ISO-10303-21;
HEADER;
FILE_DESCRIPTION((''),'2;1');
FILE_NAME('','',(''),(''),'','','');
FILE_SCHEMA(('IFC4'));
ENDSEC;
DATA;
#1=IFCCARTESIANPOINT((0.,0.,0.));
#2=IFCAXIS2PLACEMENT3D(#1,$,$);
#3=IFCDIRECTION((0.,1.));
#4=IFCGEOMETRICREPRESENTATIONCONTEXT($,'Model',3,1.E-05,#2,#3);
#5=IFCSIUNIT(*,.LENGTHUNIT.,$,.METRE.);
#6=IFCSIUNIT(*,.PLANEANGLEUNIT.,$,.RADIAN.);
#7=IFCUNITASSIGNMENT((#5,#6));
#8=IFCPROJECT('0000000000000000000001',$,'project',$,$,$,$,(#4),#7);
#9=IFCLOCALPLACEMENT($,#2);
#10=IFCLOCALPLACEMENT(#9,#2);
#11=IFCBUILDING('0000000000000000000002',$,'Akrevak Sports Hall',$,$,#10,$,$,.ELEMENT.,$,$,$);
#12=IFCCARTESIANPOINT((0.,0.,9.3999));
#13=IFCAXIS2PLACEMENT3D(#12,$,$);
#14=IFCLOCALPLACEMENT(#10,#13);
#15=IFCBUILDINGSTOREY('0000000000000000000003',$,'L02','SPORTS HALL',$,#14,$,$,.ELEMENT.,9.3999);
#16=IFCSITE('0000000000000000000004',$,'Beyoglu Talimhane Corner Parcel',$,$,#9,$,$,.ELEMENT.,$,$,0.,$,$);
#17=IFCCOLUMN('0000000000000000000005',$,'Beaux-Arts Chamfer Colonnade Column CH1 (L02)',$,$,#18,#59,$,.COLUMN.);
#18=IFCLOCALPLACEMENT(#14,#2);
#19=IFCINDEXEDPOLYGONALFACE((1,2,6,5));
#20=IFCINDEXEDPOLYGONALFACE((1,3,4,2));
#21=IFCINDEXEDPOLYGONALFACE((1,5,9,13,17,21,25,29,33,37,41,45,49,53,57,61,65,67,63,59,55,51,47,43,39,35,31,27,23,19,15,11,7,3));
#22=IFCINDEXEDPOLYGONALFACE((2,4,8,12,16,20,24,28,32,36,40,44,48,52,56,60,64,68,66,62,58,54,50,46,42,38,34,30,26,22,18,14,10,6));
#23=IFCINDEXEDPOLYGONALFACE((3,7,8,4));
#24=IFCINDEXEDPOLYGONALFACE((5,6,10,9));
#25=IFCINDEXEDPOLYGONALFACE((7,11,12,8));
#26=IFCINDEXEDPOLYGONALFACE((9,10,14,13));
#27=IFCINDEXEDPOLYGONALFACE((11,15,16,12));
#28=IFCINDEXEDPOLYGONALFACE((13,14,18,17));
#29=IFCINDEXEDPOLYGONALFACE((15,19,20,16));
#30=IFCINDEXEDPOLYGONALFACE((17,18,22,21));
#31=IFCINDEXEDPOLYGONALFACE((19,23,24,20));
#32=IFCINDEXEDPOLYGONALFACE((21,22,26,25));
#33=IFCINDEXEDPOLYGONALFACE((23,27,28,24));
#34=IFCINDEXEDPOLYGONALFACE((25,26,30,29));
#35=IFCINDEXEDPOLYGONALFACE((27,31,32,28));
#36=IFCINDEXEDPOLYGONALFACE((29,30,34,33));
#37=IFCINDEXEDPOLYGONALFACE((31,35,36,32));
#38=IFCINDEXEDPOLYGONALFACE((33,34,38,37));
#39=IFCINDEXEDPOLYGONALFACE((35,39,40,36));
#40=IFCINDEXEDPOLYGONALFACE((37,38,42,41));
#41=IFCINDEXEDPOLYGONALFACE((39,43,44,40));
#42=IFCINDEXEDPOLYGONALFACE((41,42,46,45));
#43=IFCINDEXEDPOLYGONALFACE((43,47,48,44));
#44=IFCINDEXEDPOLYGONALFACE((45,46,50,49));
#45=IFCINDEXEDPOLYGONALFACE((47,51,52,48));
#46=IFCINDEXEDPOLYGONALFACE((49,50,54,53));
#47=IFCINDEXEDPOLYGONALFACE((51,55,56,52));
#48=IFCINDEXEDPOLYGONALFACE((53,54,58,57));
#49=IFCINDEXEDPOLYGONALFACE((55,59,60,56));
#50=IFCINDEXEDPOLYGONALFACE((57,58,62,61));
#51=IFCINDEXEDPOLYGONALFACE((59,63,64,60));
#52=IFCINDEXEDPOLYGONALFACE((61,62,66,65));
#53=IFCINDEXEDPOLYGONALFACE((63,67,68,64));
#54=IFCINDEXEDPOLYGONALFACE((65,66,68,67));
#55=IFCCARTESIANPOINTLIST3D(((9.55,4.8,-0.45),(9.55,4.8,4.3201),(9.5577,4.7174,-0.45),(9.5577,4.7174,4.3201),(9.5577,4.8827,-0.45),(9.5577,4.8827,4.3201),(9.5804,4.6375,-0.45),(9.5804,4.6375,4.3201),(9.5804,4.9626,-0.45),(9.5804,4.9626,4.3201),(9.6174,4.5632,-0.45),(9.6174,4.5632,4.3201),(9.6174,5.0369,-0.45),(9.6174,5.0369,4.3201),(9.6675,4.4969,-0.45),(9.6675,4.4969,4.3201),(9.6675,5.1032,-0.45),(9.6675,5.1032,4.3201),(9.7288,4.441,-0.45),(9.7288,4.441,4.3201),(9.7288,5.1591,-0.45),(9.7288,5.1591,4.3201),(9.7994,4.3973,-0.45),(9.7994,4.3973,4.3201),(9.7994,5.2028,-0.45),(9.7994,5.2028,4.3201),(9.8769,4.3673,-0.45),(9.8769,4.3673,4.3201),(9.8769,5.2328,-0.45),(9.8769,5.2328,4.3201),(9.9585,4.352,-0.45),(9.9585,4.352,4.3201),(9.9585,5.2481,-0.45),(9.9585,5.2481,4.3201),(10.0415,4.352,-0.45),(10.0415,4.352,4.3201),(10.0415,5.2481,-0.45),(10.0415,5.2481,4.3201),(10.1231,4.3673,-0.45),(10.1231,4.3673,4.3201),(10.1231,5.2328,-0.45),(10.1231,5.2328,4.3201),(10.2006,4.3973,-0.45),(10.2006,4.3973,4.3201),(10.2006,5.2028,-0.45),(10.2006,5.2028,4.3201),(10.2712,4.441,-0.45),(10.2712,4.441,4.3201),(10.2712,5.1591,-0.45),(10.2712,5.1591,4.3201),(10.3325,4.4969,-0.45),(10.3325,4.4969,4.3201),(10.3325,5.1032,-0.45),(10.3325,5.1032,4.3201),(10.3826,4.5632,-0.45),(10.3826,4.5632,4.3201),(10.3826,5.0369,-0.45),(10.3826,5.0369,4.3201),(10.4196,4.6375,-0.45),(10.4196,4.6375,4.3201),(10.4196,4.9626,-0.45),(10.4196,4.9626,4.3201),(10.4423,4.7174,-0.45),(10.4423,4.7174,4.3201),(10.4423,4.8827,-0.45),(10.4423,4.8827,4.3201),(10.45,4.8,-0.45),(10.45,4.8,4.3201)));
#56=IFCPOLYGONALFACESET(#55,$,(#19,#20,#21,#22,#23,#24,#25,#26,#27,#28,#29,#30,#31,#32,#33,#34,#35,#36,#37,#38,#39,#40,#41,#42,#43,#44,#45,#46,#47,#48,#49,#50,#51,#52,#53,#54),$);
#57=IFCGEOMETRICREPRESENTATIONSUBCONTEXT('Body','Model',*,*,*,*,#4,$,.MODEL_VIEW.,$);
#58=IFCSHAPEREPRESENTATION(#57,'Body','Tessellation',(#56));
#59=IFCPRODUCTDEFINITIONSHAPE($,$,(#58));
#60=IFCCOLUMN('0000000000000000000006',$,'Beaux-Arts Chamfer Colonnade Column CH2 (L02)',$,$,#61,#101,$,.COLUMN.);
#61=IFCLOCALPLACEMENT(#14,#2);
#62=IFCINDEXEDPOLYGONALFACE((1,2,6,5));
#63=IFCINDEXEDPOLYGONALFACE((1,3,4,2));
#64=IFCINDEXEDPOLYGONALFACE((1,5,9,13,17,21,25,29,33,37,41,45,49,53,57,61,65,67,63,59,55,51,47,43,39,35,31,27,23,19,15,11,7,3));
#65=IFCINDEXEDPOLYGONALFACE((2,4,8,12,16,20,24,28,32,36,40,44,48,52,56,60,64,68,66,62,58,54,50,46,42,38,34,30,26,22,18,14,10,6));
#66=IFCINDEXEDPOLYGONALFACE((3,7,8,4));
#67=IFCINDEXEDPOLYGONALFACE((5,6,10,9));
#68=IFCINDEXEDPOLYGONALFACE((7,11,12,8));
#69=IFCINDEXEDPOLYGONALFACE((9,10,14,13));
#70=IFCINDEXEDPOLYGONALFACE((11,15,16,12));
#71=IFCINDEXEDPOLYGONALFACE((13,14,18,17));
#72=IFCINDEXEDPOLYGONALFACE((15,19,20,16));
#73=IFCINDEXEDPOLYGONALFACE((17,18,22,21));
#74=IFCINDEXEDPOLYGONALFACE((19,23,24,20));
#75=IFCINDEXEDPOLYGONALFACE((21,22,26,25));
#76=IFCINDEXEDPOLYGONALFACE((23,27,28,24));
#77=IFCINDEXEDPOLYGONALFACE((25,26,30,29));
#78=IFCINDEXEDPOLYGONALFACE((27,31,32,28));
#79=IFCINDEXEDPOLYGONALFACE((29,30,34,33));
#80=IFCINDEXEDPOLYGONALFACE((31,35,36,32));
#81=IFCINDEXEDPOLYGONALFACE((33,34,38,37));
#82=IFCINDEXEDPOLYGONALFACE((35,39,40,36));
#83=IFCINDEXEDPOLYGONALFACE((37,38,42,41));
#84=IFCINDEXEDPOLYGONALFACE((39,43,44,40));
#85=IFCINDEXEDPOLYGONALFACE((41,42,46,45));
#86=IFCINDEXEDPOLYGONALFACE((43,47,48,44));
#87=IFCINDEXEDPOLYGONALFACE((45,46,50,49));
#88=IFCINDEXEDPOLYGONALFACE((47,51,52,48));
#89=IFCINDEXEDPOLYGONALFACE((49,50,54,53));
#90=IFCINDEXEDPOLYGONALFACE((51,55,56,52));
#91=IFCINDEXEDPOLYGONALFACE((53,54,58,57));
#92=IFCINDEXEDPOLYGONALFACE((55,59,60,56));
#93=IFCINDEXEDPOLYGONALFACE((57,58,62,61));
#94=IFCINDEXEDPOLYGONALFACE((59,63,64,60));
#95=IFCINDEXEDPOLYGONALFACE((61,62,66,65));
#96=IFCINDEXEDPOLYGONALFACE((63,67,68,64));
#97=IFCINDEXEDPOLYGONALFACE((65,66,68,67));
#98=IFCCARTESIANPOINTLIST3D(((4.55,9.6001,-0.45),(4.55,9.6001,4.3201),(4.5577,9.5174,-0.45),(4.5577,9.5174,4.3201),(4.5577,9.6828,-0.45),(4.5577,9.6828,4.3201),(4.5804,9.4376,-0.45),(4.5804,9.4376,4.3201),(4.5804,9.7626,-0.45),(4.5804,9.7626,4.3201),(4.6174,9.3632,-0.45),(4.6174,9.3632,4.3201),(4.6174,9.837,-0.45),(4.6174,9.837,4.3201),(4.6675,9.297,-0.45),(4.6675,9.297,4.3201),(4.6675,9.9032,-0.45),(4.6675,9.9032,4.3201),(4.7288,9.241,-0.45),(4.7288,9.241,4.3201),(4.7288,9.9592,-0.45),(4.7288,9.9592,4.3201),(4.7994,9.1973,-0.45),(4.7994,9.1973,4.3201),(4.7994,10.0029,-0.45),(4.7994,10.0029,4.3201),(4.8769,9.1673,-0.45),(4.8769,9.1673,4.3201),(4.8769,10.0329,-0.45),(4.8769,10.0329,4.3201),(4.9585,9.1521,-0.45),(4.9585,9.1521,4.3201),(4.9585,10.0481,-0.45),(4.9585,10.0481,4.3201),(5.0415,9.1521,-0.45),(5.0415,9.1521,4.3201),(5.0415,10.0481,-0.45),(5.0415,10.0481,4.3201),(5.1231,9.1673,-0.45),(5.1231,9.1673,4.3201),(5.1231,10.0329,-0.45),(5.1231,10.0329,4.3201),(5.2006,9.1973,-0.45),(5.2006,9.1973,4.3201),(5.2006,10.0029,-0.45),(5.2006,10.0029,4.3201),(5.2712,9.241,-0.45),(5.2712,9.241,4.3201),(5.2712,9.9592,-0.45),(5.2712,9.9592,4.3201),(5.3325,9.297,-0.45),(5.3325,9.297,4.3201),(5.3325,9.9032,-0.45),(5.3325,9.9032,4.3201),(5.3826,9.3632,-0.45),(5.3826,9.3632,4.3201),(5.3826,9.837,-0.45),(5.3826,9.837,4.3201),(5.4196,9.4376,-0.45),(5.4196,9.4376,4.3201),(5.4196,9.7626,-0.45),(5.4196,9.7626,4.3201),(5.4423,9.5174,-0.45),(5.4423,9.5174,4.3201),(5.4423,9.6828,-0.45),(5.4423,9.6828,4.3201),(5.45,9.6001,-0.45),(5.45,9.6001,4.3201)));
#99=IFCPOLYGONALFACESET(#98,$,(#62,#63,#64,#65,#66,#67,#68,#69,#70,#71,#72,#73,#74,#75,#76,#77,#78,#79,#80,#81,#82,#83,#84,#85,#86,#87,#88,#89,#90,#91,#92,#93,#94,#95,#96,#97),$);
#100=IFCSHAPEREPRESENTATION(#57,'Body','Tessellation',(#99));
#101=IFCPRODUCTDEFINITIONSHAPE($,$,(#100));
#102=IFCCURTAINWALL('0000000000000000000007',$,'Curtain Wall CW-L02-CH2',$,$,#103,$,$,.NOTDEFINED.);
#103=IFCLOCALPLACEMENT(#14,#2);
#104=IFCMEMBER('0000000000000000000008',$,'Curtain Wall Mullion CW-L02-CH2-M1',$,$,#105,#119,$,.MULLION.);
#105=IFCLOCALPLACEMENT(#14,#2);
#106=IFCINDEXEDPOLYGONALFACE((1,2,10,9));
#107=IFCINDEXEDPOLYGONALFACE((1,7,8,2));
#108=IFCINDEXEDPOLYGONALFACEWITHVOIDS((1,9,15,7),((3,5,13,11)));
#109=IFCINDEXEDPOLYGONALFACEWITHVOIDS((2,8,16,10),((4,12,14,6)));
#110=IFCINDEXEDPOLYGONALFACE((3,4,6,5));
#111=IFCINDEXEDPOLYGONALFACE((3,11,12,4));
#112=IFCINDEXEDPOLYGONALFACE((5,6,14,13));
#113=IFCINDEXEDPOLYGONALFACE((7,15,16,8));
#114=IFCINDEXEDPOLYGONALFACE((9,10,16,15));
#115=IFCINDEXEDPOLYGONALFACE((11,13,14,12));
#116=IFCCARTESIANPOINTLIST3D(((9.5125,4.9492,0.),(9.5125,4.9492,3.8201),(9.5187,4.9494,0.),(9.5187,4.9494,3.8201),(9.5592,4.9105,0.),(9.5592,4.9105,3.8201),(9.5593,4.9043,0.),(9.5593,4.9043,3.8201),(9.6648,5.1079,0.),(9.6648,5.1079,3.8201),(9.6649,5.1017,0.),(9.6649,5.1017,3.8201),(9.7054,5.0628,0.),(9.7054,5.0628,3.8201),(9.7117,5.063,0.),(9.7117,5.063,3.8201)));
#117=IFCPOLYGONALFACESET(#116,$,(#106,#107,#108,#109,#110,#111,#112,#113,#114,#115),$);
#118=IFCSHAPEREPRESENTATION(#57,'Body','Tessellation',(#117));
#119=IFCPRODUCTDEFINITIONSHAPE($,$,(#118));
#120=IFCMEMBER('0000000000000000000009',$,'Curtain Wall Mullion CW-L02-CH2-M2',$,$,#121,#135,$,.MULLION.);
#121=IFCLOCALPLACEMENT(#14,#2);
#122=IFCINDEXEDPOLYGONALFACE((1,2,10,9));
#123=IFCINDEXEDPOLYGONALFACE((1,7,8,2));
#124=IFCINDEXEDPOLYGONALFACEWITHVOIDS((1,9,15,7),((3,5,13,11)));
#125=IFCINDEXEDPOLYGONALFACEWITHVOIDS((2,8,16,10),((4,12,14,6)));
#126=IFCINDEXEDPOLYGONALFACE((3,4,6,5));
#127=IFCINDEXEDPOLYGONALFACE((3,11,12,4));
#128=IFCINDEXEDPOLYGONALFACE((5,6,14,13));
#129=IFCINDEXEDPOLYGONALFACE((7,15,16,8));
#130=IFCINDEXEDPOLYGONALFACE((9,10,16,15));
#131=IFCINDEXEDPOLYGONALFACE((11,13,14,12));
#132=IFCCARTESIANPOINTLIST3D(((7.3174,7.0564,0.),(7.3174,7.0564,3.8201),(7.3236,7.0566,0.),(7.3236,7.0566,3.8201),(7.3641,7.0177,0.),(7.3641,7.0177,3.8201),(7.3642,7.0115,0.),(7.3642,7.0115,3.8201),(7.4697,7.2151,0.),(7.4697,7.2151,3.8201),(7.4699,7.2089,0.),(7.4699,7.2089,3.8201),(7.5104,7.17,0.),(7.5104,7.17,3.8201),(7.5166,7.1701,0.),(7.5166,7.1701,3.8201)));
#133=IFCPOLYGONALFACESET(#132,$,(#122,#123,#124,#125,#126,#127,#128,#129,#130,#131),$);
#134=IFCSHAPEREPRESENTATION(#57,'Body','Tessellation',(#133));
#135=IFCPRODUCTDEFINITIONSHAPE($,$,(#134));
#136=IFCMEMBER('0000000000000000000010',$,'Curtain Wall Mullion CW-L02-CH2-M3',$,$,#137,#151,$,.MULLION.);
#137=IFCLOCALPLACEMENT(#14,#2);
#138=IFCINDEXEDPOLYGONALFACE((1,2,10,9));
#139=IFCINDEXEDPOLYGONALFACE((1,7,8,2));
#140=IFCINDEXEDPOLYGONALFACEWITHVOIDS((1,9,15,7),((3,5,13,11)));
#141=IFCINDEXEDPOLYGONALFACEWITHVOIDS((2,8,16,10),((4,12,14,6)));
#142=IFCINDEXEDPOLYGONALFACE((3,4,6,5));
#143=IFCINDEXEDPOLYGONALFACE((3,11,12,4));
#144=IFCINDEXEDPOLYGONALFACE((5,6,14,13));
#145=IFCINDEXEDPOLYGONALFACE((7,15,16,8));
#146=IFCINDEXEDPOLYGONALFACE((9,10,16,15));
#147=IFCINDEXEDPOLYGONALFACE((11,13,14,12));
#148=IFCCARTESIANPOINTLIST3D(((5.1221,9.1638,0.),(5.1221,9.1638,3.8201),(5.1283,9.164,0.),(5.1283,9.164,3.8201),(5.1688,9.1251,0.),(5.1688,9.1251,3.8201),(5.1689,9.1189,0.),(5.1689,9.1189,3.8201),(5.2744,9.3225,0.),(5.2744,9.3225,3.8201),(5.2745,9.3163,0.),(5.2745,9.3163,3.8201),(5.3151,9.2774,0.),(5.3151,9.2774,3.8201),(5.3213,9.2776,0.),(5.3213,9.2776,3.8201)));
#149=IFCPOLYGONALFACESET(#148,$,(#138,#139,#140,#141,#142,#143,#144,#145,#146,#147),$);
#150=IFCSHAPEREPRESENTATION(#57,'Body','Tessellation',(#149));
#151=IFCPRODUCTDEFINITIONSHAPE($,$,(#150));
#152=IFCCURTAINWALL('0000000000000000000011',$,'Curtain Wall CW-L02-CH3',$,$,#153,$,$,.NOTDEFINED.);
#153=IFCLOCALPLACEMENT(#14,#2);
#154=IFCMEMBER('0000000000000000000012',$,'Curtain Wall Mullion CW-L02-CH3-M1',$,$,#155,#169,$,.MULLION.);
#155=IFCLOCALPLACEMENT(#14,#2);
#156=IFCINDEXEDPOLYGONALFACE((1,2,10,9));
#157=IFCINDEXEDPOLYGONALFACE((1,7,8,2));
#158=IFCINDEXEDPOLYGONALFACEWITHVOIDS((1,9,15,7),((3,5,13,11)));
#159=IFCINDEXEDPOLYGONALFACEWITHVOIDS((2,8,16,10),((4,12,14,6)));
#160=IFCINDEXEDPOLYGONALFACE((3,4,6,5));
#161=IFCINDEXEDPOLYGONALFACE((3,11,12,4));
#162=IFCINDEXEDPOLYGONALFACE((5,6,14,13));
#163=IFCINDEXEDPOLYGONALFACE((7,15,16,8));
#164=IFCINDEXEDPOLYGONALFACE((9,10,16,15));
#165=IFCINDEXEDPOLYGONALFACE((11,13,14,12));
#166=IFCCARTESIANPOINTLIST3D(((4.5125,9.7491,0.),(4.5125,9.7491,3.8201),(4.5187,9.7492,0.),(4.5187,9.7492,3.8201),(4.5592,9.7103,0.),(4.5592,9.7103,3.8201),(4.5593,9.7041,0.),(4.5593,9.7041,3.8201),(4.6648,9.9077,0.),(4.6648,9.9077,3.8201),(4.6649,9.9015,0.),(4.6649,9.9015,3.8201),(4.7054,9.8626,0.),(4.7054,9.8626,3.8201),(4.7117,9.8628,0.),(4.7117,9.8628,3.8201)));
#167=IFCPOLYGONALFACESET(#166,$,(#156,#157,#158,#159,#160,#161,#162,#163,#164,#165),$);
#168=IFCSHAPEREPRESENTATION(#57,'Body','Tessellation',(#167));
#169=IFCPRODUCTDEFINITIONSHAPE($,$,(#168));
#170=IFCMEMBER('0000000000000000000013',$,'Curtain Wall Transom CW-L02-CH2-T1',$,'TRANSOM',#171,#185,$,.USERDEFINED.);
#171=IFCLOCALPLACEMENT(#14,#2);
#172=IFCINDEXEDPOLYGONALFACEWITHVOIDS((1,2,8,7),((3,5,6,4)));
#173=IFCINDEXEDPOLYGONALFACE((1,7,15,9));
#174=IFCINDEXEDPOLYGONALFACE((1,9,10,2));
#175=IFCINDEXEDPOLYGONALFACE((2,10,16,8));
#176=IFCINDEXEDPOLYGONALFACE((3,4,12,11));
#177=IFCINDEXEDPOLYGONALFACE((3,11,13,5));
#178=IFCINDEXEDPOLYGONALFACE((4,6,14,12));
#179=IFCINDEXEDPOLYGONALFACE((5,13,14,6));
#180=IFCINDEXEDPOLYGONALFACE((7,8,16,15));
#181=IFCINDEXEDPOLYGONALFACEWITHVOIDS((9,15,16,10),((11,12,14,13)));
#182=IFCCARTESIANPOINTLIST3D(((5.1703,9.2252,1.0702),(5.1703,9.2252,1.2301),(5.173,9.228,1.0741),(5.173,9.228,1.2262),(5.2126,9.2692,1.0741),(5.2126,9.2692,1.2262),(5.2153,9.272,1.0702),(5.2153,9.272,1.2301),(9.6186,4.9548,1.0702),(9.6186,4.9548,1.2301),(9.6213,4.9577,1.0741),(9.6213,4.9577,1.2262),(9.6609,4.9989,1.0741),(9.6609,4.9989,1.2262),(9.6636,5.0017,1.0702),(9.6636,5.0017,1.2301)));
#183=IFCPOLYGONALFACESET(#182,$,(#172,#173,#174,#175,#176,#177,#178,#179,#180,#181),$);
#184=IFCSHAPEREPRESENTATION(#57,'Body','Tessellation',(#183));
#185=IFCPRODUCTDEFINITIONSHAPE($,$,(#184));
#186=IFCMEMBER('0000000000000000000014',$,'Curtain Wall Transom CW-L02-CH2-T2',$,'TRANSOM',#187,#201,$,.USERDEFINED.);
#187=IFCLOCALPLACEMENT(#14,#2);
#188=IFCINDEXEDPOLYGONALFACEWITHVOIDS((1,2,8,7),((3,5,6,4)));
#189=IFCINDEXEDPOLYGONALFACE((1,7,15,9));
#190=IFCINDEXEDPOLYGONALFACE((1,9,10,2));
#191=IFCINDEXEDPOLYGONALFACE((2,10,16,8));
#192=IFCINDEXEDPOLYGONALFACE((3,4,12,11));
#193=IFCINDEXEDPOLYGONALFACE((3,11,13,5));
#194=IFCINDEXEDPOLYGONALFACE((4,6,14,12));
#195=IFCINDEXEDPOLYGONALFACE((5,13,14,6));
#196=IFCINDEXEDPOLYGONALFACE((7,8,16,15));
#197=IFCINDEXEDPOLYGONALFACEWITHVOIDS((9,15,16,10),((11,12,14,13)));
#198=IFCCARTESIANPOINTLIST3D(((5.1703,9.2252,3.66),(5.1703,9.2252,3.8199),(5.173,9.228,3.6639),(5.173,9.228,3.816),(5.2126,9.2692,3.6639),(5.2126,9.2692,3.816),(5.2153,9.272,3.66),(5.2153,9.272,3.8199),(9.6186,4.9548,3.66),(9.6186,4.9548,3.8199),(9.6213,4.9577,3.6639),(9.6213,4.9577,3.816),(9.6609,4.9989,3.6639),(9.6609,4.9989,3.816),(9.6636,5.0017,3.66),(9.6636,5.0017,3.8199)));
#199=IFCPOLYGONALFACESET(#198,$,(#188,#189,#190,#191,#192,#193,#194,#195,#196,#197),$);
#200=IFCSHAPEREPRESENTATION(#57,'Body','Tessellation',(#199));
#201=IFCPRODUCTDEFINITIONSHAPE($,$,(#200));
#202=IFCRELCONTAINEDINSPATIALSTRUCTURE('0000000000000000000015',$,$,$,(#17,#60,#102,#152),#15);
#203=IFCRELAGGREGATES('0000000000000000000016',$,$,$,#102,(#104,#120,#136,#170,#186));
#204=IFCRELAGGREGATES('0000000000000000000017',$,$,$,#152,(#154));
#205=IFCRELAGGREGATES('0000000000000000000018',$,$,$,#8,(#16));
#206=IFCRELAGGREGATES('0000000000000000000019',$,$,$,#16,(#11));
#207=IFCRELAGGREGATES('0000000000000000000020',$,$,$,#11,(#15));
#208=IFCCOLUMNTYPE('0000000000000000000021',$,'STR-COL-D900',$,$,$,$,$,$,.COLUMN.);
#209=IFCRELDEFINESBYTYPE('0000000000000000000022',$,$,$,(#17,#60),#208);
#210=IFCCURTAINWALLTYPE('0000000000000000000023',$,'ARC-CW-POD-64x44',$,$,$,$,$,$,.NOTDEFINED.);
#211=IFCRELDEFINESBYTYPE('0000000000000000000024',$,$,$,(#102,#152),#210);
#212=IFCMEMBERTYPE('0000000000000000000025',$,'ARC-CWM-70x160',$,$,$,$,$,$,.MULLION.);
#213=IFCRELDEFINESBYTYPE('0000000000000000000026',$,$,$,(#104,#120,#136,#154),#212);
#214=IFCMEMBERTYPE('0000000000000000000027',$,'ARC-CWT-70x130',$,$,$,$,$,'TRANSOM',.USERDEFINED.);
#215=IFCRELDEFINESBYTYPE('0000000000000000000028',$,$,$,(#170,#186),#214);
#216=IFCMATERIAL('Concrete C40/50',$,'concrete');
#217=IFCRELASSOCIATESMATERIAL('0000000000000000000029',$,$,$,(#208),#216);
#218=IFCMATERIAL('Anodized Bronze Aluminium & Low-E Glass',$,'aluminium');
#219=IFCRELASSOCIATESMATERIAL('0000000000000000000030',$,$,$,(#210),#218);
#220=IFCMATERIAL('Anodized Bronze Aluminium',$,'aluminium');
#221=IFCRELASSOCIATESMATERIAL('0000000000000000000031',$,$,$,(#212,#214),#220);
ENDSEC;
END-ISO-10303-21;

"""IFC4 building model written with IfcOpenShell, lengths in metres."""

from ifc_helpers import new_model, si_unit, direction, frame, origin, origin_2d, place, context, subcontext, project, spatial, hollow_rectangle, circle, extrude, material, material_profile, profile_set, type_object, element, aggregate, save


model = new_model("IFC4")

# Units and contexts
model_context = context("Model", 3, precision=1e-05, world=origin(), true_north=direction((0.0, 1.0)))
body_context = subcontext(model_context, "Body", "Model", "MODEL_VIEW")
ifc_project = project(units=[si_unit("LENGTHUNIT", "METRE"), si_unit("PLANEANGLEUNIT", "RADIAN")], contexts=[model_context])

# Site, building, storey
site_placement = place(None, origin())
site = spatial("IfcSite", under=ifc_project, at=site_placement, Name="Beyoglu Talimhane Corner Parcel", CompositionType="ELEMENT", RefElevation=0.0)
building_placement = place(site_placement, origin())
building = spatial("IfcBuilding", under=site, at=building_placement, Name="Akrevak Sports Hall", CompositionType="ELEMENT")
storey_placement = place(building_placement, frame((0.0, 0.0, 9.3999)))
storey = spatial("IfcBuildingStorey", under=building, at=storey_placement, Name="L02", Description="SPORTS HALL", CompositionType="ELEMENT", Elevation=9.3999)

# Columns
ifc_material_1 = material(Name="Concrete C40/50", Category="concrete")
ifc_material_profile_1 = material_profile(ifc_material_1, circle(Radius=0.45, at=origin_2d()), Name="COL D900", Category="concrete")
ifc_profile_set_1 = profile_set([ifc_material_profile_1], Name="Concrete C40/50")
column_type = type_object("IfcColumnType", Name="STR-COL-D900", PredefinedType="COLUMN", material=ifc_profile_set_1)
for number, where, z_axis, x_axis, name in (
    (1, (10.0, 4.8, -0.45), (0.0, 0.0, 1.0), (1.0, 0.0, 0.0), "Beaux-Arts Chamfer Colonnade Column CH1 (L02)"),
    (2, (5.0, 9.6001, -0.45), (0.0, 0.0, 1.0), (1.0, 0.0, 0.0), "Beaux-Arts Chamfer Colonnade Column CH2 (L02)"),
):
    element("IfcColumn", number, at=place(storey_placement, frame(where, z_axis=z_axis, x_axis=x_axis)), inside=storey, type_object=column_type, Name=name, PredefinedType="COLUMN", context=body_context, shape_type="SweptSolid", body=[
        extrude(circle(Radius=0.45, at=origin_2d()), origin(), (0.0, 0.0, 1.0), 4.77),
    ])

# Curtain wall, members
ifc_material_2 = material(Name="Anodized Bronze Aluminium & Low-E Glass", Category="aluminium")
curtain_wall_type = type_object("IfcCurtainWallType", Name="ARC-CW-POD-64x44", PredefinedType="NOTDEFINED", material=ifc_material_2)
curtain_wall_1_placement = place(storey_placement, origin())
curtain_wall_1 = element("IfcCurtainWall", 3, at=curtain_wall_1_placement, inside=storey, type_object=curtain_wall_type, Name="Curtain Wall CW-L02-CH2", PredefinedType="NOTDEFINED")
ifc_material_3 = material(Name="Anodized Bronze Aluminium", Category="aluminium")
ifc_material_profile_2 = material_profile(ifc_material_3, hollow_rectangle(XDim=0.0649, YDim=0.22, WallThickness=0.0044, at=origin_2d()), Name="CWM 65x220", Category="aluminium")
ifc_profile_set_2 = profile_set([ifc_material_profile_2], Name="Anodized Bronze Aluminium")
member_type_1 = type_object("IfcMemberType", Name="ARC-CWM-70x160", PredefinedType="MULLION", material=ifc_profile_set_2)
member_1_placement = place(storey_placement, frame((9.6121, 5.0061, 0.0), z_axis=(0.0, 0.0, 1.0), x_axis=(-0.721398, 0.692521, 0.0)))
member_1 = element("IfcMember", 4, at=member_1_placement, type_object=member_type_1, Name="Curtain Wall Mullion CW-L02-CH2-M1", PredefinedType="MULLION", context=body_context, shape_type="SweptSolid", body=[
    extrude(hollow_rectangle(XDim=0.0649, YDim=0.22, WallThickness=0.0044, at=origin_2d()), origin(), (0.0, 0.0, 1.0), 3.8201),
])
member_2_placement = place(storey_placement, frame((7.417, 7.1133, 0.0), z_axis=(0.0, 0.0, 1.0), x_axis=(-0.721398, 0.692521, 0.0)))
member_2 = element("IfcMember", 5, at=member_2_placement, type_object=member_type_1, Name="Curtain Wall Mullion CW-L02-CH2-M2", PredefinedType="MULLION", context=body_context, shape_type="SweptSolid", body=[
    extrude(hollow_rectangle(XDim=0.0649, YDim=0.22, WallThickness=0.0044, at=origin_2d()), origin(), (0.0, 0.0, 1.0), 3.8201),
])
member_3_placement = place(storey_placement, frame((5.2217, 9.2207, 0.0), z_axis=(0.0, 0.0, 1.0), x_axis=(-0.721398, 0.692521, 0.0)))
member_3 = element("IfcMember", 6, at=member_3_placement, type_object=member_type_1, Name="Curtain Wall Mullion CW-L02-CH2-M3", PredefinedType="MULLION", context=body_context, shape_type="SweptSolid", body=[
    extrude(hollow_rectangle(XDim=0.0649, YDim=0.22, WallThickness=0.0044, at=origin_2d()), origin(), (0.0, 0.0, 1.0), 3.8201),
])

# Curtain wall, member
curtain_wall_2_placement = place(storey_placement, origin())
curtain_wall_2 = element("IfcCurtainWall", 7, at=curtain_wall_2_placement, inside=storey, type_object=curtain_wall_type, Name="Curtain Wall CW-L02-CH3", PredefinedType="NOTDEFINED")
member_4_placement = place(storey_placement, frame((4.6121, 9.8059, 0.0), z_axis=(0.0, 0.0, 1.0), x_axis=(-0.721398, 0.692521, 0.0)))
member_4 = element("IfcMember", 8, at=member_4_placement, type_object=member_type_1, Name="Curtain Wall Mullion CW-L02-CH3-M1", PredefinedType="MULLION", context=body_context, shape_type="SweptSolid", body=[
    extrude(hollow_rectangle(XDim=0.0649, YDim=0.22, WallThickness=0.0044, at=origin_2d()), origin(), (0.0, 0.0, 1.0), 3.8201),
])

# Members
ifc_material_profile_3 = material_profile(ifc_material_3, hollow_rectangle(XDim=0.0649, YDim=0.1599, WallThickness=0.0039, at=origin_2d()), Name="CWT 65x160", Category="aluminium")
ifc_profile_set_3 = profile_set([ifc_material_profile_3], Name="Anodized Bronze Aluminium")
member_type_2 = type_object("IfcMemberType", Name="ARC-CWT-70x130", ElementType="TRANSOM", PredefinedType="USERDEFINED", material=ifc_profile_set_3)
member_5_placement = place(storey_placement, frame((9.6411, 4.9783, 1.1501), z_axis=(-0.721391, 0.692528, 0.0), x_axis=(-0.692528, -0.721391, 0.0)))
member_5 = element("IfcMember", 9, at=member_5_placement, type_object=member_type_2, Name="Curtain Wall Transom CW-L02-CH2-T1", ObjectType="TRANSOM", PredefinedType="USERDEFINED", context=body_context, shape_type="SweptSolid", body=[
    extrude(hollow_rectangle(XDim=0.0649, YDim=0.1599, WallThickness=0.0039, at=origin_2d()), origin(), (0.0, 0.0, 1.0), 6.1663),
])
member_6_placement = place(storey_placement, frame((9.6411, 4.9783, 3.74), z_axis=(-0.721391, 0.692528, 0.0), x_axis=(-0.692528, -0.721391, 0.0)))
member_6 = element("IfcMember", 10, at=member_6_placement, type_object=member_type_2, Name="Curtain Wall Transom CW-L02-CH2-T2", ObjectType="TRANSOM", PredefinedType="USERDEFINED", context=body_context, shape_type="SweptSolid", body=[
    extrude(hollow_rectangle(XDim=0.0649, YDim=0.1599, WallThickness=0.0039, at=origin_2d()), origin(), (0.0, 0.0, 1.0), 6.1663),
])

aggregate(curtain_wall_1, [member_1, member_2, member_3, member_5, member_6])
aggregate(curtain_wall_2, [member_4])

save(model, "model.ifc")
